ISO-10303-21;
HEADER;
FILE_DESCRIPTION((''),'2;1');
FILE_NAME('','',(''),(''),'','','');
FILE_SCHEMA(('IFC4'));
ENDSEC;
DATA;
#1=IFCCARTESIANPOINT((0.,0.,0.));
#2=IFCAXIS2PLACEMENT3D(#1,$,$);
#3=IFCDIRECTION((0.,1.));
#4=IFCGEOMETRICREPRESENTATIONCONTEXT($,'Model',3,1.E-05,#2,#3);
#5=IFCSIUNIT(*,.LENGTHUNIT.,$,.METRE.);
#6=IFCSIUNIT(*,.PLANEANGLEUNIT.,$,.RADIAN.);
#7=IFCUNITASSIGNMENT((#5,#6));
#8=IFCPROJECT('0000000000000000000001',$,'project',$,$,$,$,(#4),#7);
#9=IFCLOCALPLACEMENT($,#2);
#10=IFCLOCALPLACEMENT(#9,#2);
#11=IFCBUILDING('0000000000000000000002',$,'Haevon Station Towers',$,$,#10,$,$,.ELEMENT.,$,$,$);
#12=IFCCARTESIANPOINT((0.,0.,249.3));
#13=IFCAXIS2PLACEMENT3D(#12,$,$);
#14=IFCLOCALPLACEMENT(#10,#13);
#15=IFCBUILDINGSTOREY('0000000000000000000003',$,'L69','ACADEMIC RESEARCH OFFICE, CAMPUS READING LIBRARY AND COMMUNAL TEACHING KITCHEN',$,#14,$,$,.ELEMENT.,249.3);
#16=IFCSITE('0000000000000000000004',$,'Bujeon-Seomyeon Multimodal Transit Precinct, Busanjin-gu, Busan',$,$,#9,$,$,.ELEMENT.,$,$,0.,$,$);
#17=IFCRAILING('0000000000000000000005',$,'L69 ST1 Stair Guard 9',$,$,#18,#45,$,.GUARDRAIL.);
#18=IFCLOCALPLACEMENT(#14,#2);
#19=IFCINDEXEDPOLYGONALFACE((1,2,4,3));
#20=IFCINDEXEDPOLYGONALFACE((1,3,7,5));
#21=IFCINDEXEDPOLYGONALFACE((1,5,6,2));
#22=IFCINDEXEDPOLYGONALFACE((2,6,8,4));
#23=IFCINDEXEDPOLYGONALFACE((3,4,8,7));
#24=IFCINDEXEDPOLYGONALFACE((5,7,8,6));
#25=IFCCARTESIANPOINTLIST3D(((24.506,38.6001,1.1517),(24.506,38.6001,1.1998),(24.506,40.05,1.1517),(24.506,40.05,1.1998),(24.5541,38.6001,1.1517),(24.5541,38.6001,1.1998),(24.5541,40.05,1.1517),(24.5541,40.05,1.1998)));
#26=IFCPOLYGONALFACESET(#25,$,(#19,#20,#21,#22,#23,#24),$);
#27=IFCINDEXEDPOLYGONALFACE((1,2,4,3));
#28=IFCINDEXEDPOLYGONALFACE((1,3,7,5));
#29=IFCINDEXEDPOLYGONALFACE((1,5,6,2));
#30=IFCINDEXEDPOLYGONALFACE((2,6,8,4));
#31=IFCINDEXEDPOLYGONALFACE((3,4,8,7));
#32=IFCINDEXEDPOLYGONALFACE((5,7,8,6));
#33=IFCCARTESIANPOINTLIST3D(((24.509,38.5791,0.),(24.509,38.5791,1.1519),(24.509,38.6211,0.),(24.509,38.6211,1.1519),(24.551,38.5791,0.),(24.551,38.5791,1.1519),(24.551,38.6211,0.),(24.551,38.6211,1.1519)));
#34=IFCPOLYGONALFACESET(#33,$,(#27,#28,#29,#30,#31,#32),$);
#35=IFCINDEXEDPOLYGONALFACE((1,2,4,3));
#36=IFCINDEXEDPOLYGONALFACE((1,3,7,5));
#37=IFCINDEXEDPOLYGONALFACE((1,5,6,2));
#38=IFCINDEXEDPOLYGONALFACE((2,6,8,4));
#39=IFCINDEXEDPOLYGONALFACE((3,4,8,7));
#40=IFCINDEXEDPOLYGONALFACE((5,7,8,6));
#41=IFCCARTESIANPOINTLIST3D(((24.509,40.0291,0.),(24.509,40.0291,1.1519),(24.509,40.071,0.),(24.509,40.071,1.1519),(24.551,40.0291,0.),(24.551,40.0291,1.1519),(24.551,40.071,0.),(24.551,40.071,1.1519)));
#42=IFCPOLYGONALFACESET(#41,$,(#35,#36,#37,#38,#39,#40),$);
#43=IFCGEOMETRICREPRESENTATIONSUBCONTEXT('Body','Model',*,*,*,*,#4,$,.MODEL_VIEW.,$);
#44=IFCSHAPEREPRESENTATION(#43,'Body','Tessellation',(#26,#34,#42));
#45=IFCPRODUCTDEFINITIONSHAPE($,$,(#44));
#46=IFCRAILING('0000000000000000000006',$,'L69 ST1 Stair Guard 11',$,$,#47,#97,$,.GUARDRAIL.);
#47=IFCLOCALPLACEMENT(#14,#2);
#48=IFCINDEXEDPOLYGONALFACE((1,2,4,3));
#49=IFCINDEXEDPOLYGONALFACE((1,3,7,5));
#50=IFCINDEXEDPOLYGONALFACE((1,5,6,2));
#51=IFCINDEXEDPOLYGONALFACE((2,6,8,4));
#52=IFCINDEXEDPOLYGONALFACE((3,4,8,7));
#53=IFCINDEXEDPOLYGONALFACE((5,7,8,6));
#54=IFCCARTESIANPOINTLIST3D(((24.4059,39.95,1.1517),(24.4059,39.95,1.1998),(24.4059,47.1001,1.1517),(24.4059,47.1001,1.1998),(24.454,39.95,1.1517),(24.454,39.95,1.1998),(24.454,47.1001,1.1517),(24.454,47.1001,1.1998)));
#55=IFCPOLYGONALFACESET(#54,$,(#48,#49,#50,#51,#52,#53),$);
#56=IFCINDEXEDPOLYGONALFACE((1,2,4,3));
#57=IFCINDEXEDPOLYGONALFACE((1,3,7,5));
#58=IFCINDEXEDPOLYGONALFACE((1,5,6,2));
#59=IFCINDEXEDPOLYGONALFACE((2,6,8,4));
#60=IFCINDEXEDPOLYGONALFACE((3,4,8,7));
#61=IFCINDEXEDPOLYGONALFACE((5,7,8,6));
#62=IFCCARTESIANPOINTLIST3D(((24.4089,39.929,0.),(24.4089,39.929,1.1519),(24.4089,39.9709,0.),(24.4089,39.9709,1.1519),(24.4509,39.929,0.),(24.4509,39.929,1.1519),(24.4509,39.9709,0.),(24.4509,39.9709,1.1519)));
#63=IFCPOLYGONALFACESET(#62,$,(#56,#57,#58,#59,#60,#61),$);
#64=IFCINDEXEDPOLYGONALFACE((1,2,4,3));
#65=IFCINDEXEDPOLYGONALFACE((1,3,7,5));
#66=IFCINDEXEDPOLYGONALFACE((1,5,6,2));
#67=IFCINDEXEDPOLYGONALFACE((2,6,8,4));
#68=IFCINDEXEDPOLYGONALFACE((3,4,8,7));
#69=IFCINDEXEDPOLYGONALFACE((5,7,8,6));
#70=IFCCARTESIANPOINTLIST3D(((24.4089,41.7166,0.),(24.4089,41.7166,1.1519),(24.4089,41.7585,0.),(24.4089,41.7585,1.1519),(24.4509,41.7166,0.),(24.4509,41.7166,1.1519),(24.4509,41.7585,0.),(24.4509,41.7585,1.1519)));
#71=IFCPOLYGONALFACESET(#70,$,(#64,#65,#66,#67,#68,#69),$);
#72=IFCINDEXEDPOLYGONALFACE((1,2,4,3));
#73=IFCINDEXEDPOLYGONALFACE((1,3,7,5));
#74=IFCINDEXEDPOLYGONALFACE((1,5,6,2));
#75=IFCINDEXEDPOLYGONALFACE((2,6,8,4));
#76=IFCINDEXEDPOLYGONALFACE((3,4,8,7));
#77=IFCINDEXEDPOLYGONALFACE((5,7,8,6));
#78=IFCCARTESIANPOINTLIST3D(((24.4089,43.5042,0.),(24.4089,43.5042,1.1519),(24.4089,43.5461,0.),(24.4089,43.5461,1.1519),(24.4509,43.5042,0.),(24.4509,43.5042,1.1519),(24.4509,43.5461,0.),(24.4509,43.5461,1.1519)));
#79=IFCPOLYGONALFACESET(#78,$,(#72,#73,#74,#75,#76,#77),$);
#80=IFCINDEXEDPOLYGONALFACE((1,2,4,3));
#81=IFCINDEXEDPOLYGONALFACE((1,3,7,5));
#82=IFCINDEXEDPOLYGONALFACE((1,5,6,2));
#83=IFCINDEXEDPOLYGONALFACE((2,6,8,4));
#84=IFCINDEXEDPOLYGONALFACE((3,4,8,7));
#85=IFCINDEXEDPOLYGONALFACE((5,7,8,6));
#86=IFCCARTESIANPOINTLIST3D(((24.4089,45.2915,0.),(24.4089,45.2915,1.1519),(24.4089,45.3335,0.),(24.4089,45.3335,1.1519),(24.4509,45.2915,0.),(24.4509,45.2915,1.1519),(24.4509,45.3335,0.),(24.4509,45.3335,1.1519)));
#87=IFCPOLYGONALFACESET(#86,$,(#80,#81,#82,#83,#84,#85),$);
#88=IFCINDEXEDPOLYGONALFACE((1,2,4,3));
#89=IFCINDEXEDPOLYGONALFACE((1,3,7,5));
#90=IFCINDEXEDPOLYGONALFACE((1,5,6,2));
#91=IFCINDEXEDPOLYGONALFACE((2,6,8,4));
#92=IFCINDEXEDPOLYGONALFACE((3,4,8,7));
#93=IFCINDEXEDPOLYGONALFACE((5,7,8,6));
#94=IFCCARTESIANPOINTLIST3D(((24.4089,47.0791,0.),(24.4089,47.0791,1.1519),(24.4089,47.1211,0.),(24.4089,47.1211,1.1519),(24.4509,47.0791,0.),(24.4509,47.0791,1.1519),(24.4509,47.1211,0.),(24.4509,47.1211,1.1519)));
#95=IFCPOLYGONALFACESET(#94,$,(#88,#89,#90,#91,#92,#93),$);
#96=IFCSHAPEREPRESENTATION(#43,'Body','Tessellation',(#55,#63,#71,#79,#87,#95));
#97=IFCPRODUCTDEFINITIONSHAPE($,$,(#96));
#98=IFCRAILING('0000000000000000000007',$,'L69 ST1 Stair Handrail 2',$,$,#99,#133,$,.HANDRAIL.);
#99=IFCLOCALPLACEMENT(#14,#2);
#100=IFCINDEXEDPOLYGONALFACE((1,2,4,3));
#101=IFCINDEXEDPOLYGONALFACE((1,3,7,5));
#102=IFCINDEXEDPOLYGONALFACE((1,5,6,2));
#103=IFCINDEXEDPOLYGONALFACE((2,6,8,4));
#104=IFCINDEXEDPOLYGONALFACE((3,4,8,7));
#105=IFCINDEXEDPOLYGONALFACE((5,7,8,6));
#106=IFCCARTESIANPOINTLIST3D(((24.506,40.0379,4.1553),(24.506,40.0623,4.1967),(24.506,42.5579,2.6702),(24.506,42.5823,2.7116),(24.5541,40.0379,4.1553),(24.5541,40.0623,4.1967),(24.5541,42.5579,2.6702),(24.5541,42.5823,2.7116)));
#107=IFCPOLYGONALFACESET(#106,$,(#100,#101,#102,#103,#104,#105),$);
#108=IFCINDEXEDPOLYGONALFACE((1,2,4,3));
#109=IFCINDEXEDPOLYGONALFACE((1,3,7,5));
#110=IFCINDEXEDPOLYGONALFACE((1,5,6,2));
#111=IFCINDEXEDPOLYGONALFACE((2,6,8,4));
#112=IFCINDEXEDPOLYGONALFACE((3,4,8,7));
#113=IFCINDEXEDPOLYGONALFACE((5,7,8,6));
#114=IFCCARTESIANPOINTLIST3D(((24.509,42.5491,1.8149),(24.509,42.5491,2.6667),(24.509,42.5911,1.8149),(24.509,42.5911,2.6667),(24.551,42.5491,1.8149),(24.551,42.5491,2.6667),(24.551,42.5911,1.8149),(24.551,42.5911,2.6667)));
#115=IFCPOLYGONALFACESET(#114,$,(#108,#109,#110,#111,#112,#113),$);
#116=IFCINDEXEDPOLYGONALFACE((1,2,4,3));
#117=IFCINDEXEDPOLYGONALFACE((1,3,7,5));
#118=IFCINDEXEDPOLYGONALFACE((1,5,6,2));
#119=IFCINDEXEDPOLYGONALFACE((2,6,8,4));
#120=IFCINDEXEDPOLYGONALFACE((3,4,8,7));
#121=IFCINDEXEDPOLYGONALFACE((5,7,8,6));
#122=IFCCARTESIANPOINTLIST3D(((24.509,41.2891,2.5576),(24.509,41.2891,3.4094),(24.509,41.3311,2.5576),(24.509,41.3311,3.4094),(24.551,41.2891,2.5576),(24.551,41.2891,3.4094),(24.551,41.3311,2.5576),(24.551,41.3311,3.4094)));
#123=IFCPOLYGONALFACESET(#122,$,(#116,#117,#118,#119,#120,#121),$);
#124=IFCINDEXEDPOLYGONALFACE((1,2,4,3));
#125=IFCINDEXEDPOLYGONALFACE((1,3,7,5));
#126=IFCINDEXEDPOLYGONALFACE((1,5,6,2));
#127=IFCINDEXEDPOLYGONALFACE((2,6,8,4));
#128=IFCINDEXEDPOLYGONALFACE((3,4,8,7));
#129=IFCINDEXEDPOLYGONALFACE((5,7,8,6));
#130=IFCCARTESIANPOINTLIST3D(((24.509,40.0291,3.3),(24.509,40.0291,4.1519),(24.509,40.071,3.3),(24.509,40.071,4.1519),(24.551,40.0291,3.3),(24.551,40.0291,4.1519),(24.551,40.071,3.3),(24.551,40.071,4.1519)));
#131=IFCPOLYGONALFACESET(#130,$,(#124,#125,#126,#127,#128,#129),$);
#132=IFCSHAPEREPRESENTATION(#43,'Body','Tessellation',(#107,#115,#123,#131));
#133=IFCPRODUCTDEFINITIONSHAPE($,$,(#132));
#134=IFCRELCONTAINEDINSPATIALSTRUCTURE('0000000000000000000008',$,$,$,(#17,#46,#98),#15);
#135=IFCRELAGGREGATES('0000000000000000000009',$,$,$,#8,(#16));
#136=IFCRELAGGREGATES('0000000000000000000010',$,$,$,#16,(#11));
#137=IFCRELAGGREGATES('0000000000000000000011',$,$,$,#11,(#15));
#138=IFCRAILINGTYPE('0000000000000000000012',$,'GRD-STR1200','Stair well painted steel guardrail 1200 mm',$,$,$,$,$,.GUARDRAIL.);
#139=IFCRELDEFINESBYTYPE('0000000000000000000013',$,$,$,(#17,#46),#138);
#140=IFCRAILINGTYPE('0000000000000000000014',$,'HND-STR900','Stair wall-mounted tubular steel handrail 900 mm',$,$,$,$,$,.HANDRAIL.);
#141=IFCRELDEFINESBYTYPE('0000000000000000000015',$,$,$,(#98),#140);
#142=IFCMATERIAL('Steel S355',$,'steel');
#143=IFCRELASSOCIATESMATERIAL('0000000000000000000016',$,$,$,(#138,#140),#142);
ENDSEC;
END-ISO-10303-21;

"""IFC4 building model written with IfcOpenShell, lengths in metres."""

from ifc_helpers import new_model, si_unit, direction, frame, origin, origin_2d, place, context, subcontext, project, spatial, rectangle, extrude, material, type_object, element, save


model = new_model("IFC4")

# Units and contexts
model_context = context("Model", 3, precision=1e-05, world=origin(), true_north=direction((0.0, 1.0)))
body_context = subcontext(model_context, "Body", "Model", "MODEL_VIEW")
ifc_project = project(units=[si_unit("LENGTHUNIT", "METRE"), si_unit("PLANEANGLEUNIT", "RADIAN")], contexts=[model_context])

# Site, building, storey
site_placement = place(None, origin())
site = spatial("IfcSite", under=ifc_project, at=site_placement, Name="Bujeon-Seomyeon Multimodal Transit Precinct, Busanjin-gu, Busan", CompositionType="ELEMENT", RefElevation=0.0)
building_placement = place(site_placement, origin())
building = spatial("IfcBuilding", under=site, at=building_placement, Name="Haevon Station Towers", CompositionType="ELEMENT")
storey_placement = place(building_placement, frame((0.0, 0.0, 249.3)))
storey = spatial("IfcBuildingStorey", under=building, at=storey_placement, Name="L69", Description="ACADEMIC RESEARCH OFFICE, CAMPUS READING LIBRARY AND COMMUNAL TEACHING KITCHEN", CompositionType="ELEMENT", Elevation=249.3)

# Shared definitions
ifc_material_1 = material(Name="Steel S355", Category="steel")

# Railings
railing_type_1 = type_object("IfcRailingType", Name="GRD-STR1200", Description="Stair well painted steel guardrail 1200 mm", PredefinedType="GUARDRAIL", material=ifc_material_1)
railing_1_placement = place(storey_placement, frame((24.53, 38.6001, 0.0)))
element("IfcRailing", 1, at=railing_1_placement, inside=storey, type_object=railing_type_1, Name="L69 ST1 Stair Guard 9", PredefinedType="GUARDRAIL", context=body_context, shape_type="SweptSolid", body=[
    extrude(rectangle(XDim=0.0481, YDim=0.0481, at=origin_2d()), frame((0.0, 0.0, 1.1758), z_axis=(0.0, 1.0, 0.0), x_axis=(-1.0, 0.0, 0.0)), (0.0, 0.0, 1.0), 1.45),
    extrude(rectangle(XDim=0.042, YDim=0.042, at=origin_2d()), origin(), (0.0, 0.0, 1.0), 1.1519),
    extrude(rectangle(XDim=0.042, YDim=0.042, at=origin_2d()), frame((0.0, 1.45, 0.0)), (0.0, 0.0, 1.0), 1.1519),
])
railing_2_placement = place(storey_placement, frame((24.4299, 39.95, 0.0)))
element("IfcRailing", 2, at=railing_2_placement, inside=storey, type_object=railing_type_1, Name="L69 ST1 Stair Guard 11", PredefinedType="GUARDRAIL", context=body_context, shape_type="SweptSolid", body=[
    extrude(rectangle(XDim=0.0481, YDim=0.0481, at=origin_2d()), frame((0.0, 0.0, 1.1758), z_axis=(0.0, 1.0, 0.0), x_axis=(-1.0, 0.0, 0.0)), (0.0, 0.0, 1.0), 7.1501),
    extrude(rectangle(XDim=0.042, YDim=0.042, at=origin_2d()), origin(), (0.0, 0.0, 1.0), 1.1519),
    extrude(rectangle(XDim=0.042, YDim=0.042, at=origin_2d()), frame((0.0, 1.7876, 0.0)), (0.0, 0.0, 1.0), 1.1519),
    extrude(rectangle(XDim=0.042, YDim=0.042, at=origin_2d()), frame((0.0, 3.5752, 0.0)), (0.0, 0.0, 1.0), 1.1519),
    extrude(rectangle(XDim=0.042, YDim=0.042, at=origin_2d()), frame((0.0, 5.3625, 0.0)), (0.0, 0.0, 1.0), 1.1519),
    extrude(rectangle(XDim=0.042, YDim=0.042, at=origin_2d()), frame((0.0, 7.1501, 0.0)), (0.0, 0.0, 1.0), 1.1519),
])
railing_type_2 = type_object("IfcRailingType", Name="HND-STR900", Description="Stair wall-mounted tubular steel handrail 900 mm", PredefinedType="HANDRAIL", material=ifc_material_1)
railing_3_placement = place(storey_placement, frame((24.53, 42.5701, 1.8149)))
element("IfcRailing", 3, at=railing_3_placement, inside=storey, type_object=railing_type_2, Name="L69 ST1 Stair Handrail 2", PredefinedType="HANDRAIL", context=body_context, shape_type="SweptSolid", body=[
    extrude(rectangle(XDim=0.0481, YDim=0.0481, at=origin_2d()), frame((0.0, 0.0, 0.876), z_axis=(0.0, -0.861524, 0.507717), x_axis=(1.0, 0.0, 0.0)), (0.0, 0.0, 1.0), 2.925),
    extrude(rectangle(XDim=0.042, YDim=0.042, at=origin_2d()), origin(), (0.0, 0.0, 1.0), 0.8518),
    extrude(rectangle(XDim=0.042, YDim=0.042, at=origin_2d()), frame((0.0, -1.26, 0.7427)), (0.0, 0.0, 1.0), 0.8518),
    extrude(rectangle(XDim=0.042, YDim=0.042, at=origin_2d()), frame((0.0, -2.52, 1.4851)), (0.0, 0.0, 1.0), 0.8518),
])

save(model, "model.ifc")
